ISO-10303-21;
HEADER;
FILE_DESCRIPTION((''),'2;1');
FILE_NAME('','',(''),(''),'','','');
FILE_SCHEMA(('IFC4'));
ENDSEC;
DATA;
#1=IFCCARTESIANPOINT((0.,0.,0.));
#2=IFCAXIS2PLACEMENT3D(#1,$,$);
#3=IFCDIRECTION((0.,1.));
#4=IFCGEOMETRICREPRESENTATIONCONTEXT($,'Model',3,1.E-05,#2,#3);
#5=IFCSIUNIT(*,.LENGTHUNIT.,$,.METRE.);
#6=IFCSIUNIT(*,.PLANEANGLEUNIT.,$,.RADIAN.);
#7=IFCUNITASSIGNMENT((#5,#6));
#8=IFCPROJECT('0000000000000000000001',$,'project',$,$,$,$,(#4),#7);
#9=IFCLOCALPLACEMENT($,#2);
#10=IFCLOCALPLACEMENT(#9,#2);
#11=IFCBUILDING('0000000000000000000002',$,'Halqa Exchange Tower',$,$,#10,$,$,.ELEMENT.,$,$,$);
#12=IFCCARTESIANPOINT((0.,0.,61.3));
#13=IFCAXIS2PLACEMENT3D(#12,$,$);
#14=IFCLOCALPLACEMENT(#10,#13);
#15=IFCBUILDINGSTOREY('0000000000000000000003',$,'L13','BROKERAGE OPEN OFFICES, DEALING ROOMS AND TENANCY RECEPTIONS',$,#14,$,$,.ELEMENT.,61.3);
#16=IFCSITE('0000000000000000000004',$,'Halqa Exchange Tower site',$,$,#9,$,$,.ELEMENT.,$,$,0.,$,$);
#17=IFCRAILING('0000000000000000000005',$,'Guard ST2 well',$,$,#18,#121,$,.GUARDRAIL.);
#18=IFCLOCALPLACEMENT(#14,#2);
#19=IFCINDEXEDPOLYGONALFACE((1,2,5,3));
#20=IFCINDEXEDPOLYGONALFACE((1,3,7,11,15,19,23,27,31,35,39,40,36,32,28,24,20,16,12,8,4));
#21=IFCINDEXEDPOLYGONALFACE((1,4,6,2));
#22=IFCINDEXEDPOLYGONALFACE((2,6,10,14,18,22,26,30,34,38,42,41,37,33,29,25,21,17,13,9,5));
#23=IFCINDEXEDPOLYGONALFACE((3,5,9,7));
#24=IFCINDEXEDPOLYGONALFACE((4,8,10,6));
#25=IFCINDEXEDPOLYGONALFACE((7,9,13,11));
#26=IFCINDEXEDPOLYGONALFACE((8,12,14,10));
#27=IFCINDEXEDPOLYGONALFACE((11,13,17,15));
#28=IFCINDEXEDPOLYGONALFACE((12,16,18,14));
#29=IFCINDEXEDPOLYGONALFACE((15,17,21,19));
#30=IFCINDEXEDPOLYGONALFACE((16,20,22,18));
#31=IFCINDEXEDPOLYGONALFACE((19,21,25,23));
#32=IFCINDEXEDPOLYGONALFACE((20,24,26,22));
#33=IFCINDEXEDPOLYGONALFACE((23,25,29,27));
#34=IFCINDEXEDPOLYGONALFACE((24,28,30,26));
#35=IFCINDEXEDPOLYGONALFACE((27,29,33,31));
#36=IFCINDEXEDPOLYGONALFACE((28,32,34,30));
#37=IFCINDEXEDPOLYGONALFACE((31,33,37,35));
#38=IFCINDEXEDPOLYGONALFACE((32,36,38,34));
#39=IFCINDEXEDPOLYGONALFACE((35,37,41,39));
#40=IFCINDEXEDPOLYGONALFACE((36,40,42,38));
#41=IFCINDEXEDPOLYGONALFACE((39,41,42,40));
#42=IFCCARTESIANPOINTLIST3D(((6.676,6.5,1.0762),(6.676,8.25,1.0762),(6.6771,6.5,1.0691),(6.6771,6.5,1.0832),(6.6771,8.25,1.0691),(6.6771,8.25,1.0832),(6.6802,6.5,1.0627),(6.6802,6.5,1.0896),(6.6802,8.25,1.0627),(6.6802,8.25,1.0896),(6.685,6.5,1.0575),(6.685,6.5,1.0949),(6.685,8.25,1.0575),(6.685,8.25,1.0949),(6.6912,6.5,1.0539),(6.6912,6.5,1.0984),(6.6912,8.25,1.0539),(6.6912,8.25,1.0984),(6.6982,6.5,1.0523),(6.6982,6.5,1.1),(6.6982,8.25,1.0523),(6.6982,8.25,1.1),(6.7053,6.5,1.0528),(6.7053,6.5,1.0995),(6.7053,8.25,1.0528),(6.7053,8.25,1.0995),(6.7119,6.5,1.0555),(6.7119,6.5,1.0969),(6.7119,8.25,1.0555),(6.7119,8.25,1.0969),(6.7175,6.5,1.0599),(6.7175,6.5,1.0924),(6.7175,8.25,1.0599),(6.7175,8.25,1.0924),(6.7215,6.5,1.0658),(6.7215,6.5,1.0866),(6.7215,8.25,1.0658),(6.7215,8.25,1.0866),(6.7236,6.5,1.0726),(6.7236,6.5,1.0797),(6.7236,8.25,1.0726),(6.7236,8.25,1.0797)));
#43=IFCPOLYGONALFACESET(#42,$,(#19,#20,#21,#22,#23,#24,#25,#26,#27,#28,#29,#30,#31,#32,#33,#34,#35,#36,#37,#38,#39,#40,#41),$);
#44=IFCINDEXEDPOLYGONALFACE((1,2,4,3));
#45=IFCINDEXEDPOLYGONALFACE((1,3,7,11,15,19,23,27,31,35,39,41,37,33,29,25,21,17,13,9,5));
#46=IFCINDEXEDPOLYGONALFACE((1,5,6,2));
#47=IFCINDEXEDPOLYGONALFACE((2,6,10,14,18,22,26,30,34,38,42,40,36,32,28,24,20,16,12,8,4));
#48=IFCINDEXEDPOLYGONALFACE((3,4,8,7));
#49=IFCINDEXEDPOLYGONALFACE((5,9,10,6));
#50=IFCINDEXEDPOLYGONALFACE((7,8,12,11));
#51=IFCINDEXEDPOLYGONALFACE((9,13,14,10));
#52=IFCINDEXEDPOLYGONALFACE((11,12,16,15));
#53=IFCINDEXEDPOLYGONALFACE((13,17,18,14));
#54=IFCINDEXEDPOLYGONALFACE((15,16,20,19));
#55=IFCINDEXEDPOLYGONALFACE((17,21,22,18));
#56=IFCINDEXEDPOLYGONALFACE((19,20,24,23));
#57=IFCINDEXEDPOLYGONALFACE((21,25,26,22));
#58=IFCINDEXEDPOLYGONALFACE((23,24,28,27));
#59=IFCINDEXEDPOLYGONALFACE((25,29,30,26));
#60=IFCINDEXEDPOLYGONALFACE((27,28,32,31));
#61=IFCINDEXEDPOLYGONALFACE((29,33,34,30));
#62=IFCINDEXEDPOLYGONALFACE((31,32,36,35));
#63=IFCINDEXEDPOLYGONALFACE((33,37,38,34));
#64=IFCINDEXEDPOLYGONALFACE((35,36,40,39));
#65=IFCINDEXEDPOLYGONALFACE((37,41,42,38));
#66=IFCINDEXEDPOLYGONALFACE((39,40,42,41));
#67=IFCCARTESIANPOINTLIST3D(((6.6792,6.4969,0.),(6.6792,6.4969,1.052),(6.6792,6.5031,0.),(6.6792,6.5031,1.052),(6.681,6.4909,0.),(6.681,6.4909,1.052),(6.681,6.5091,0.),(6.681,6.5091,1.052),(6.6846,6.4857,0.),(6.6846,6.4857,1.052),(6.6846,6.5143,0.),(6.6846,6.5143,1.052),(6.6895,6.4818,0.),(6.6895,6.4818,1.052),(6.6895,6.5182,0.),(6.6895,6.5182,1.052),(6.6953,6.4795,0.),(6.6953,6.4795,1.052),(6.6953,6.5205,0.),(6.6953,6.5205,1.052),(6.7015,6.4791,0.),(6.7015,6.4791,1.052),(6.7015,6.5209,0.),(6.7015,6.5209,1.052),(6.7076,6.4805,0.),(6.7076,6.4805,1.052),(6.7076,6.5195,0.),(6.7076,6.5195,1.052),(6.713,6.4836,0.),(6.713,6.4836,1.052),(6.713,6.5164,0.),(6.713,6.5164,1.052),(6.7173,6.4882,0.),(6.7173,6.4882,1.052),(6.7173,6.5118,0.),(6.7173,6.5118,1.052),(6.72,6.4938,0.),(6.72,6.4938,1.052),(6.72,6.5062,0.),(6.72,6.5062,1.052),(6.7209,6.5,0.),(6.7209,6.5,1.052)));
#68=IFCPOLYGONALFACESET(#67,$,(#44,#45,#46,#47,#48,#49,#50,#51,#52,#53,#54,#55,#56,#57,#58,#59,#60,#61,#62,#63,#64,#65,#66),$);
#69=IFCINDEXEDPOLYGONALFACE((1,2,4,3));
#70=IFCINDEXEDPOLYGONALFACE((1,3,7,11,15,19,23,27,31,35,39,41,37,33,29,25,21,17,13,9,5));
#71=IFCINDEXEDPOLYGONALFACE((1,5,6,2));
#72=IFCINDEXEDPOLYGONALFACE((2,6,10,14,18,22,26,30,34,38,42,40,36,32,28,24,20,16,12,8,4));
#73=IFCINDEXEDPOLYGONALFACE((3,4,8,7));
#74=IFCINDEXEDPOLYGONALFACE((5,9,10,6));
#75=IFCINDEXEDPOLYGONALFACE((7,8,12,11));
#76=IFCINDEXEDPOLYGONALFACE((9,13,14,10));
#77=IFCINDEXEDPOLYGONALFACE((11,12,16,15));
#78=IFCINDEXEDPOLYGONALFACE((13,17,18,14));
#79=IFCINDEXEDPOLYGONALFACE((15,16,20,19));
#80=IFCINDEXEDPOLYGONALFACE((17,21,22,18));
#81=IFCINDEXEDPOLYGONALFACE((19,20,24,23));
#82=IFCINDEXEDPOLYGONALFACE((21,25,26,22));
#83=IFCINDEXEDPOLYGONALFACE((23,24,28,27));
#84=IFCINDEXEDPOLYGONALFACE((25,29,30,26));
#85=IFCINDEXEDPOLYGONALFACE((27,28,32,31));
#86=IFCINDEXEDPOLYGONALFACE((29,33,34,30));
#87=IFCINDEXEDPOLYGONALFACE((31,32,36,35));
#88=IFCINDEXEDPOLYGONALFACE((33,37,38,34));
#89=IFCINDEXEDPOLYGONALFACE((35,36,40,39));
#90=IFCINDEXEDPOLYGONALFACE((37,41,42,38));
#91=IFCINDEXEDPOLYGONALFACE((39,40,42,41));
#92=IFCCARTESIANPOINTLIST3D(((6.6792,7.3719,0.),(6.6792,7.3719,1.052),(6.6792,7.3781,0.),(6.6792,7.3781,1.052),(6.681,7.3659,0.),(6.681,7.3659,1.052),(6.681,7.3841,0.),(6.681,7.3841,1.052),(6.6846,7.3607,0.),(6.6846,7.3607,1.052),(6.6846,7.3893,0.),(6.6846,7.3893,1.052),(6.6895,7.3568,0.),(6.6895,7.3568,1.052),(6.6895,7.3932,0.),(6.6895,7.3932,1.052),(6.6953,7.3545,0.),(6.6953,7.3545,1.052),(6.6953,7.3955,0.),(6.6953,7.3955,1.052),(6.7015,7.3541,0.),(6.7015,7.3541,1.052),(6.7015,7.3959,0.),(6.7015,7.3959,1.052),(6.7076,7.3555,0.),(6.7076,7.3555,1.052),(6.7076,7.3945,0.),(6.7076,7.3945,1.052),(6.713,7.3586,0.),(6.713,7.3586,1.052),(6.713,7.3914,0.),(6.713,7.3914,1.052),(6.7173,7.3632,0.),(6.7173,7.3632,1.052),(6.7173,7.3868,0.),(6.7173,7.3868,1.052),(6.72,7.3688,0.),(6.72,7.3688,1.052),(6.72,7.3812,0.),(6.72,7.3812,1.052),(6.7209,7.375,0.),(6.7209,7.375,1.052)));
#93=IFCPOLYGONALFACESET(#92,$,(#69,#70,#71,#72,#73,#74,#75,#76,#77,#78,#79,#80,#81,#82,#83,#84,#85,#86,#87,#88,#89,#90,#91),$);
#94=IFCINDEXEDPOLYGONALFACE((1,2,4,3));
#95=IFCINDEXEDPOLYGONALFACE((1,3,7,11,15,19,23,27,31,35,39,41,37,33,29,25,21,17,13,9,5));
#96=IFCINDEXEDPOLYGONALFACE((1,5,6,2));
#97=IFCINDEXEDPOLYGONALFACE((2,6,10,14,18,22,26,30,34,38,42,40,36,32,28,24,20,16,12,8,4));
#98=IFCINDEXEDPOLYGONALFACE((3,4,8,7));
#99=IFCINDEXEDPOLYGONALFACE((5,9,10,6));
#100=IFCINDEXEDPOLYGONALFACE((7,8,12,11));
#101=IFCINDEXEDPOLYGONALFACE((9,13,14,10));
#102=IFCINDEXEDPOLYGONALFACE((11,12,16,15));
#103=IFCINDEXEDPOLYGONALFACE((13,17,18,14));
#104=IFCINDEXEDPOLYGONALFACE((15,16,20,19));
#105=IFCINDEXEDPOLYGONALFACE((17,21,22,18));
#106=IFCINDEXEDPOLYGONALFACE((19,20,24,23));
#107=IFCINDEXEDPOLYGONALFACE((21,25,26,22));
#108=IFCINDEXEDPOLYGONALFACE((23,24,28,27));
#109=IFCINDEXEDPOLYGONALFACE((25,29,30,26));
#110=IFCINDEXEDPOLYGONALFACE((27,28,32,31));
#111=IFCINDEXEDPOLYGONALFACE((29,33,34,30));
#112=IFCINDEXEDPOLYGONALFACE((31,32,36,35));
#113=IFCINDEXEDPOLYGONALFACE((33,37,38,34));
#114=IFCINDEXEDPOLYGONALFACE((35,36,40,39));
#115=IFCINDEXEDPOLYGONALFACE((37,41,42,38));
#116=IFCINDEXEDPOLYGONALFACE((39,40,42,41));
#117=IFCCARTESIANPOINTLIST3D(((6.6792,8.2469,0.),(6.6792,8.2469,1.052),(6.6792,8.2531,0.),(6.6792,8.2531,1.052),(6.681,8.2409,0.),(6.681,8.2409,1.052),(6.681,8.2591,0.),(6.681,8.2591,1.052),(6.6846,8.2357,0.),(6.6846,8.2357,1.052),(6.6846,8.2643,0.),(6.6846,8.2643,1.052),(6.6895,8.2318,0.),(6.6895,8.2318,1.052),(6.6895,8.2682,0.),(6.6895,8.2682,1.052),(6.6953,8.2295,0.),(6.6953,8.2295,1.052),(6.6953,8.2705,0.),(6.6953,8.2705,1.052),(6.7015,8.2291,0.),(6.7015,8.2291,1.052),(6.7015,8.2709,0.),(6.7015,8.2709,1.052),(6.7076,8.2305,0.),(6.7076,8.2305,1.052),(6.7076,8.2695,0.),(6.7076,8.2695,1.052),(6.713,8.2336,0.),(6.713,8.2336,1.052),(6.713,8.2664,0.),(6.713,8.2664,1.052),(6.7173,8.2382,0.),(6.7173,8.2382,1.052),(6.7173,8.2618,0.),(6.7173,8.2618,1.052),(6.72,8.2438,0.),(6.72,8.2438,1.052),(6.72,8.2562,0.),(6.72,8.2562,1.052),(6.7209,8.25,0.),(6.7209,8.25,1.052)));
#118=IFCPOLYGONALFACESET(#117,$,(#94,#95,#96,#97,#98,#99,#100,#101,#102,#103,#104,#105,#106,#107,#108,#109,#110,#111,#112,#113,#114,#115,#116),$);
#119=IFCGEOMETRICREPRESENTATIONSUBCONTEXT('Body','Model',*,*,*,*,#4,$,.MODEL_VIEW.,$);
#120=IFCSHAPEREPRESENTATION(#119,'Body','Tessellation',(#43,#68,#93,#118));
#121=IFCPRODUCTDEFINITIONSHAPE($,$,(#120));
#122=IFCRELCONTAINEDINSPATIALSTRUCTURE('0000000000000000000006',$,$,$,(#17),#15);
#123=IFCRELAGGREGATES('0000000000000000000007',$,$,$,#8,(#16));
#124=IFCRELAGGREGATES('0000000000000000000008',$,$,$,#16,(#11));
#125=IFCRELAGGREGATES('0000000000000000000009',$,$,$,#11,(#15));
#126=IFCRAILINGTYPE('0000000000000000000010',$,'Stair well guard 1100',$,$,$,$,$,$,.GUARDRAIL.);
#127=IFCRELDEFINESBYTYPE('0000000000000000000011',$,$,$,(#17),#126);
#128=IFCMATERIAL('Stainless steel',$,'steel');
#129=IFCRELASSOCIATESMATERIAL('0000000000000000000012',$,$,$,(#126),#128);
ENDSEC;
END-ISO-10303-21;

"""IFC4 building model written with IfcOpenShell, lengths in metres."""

from ifc_helpers import new_model, si_unit, direction, frame, origin, origin_2d, place, context, subcontext, project, spatial, circle, extrude, material, type_object, element, save


model = new_model("IFC4")

# Units and contexts
model_context = context("Model", 3, precision=1e-05, world=origin(), true_north=direction((0.0, 1.0)))
body_context = subcontext(model_context, "Body", "Model", "MODEL_VIEW")
ifc_project = project(units=[si_unit("LENGTHUNIT", "METRE"), si_unit("PLANEANGLEUNIT", "RADIAN")], contexts=[model_context])

# Site, building, storey
site_placement = place(None, origin())
site = spatial("IfcSite", under=ifc_project, at=site_placement, Name="Halqa Exchange Tower site", CompositionType="ELEMENT", RefElevation=0.0)
building_placement = place(site_placement, origin())
building = spatial("IfcBuilding", under=site, at=building_placement, Name="Halqa Exchange Tower", CompositionType="ELEMENT")
storey_placement = place(building_placement, frame((0.0, 0.0, 61.3)))
storey = spatial("IfcBuildingStorey", under=building, at=storey_placement, Name="L13", Description="BROKERAGE OPEN OFFICES, DEALING ROOMS AND TENANCY RECEPTIONS", CompositionType="ELEMENT", Elevation=61.3)

# Railing
ifc_material_1 = material(Name="Stainless steel", Category="steel")
railing_type_1 = type_object("IfcRailingType", Name="Stair well guard 1100", PredefinedType="GUARDRAIL", material=ifc_material_1)
railing_1_placement = place(storey_placement, frame((6.7, 6.5, 0.0)))
element("IfcRailing", 1, at=railing_1_placement, inside=storey, type_object=railing_type_1, Name="Guard ST2 well", PredefinedType="GUARDRAIL", context=body_context, shape_type="SweptSolid", body=[
    extrude(circle(Radius=0.0239, at=origin_2d()), frame((0.0, 0.0, 1.0762), z_axis=(0.0, 1.0, 0.0), x_axis=(-1.0, 0.0, 0.0)), (0.0, 0.0, 1.0), 1.75),
    extrude(circle(Radius=0.021, at=origin_2d()), origin(), (0.0, 0.0, 1.0), 1.052),
    extrude(circle(Radius=0.021, at=origin_2d()), frame((0.0, 0.875, 0.0)), (0.0, 0.0, 1.0), 1.052),
    extrude(circle(Radius=0.021, at=origin_2d()), frame((0.0, 1.75, 0.0)), (0.0, 0.0, 1.0), 1.052),
])

save(model, "model.ifc")
